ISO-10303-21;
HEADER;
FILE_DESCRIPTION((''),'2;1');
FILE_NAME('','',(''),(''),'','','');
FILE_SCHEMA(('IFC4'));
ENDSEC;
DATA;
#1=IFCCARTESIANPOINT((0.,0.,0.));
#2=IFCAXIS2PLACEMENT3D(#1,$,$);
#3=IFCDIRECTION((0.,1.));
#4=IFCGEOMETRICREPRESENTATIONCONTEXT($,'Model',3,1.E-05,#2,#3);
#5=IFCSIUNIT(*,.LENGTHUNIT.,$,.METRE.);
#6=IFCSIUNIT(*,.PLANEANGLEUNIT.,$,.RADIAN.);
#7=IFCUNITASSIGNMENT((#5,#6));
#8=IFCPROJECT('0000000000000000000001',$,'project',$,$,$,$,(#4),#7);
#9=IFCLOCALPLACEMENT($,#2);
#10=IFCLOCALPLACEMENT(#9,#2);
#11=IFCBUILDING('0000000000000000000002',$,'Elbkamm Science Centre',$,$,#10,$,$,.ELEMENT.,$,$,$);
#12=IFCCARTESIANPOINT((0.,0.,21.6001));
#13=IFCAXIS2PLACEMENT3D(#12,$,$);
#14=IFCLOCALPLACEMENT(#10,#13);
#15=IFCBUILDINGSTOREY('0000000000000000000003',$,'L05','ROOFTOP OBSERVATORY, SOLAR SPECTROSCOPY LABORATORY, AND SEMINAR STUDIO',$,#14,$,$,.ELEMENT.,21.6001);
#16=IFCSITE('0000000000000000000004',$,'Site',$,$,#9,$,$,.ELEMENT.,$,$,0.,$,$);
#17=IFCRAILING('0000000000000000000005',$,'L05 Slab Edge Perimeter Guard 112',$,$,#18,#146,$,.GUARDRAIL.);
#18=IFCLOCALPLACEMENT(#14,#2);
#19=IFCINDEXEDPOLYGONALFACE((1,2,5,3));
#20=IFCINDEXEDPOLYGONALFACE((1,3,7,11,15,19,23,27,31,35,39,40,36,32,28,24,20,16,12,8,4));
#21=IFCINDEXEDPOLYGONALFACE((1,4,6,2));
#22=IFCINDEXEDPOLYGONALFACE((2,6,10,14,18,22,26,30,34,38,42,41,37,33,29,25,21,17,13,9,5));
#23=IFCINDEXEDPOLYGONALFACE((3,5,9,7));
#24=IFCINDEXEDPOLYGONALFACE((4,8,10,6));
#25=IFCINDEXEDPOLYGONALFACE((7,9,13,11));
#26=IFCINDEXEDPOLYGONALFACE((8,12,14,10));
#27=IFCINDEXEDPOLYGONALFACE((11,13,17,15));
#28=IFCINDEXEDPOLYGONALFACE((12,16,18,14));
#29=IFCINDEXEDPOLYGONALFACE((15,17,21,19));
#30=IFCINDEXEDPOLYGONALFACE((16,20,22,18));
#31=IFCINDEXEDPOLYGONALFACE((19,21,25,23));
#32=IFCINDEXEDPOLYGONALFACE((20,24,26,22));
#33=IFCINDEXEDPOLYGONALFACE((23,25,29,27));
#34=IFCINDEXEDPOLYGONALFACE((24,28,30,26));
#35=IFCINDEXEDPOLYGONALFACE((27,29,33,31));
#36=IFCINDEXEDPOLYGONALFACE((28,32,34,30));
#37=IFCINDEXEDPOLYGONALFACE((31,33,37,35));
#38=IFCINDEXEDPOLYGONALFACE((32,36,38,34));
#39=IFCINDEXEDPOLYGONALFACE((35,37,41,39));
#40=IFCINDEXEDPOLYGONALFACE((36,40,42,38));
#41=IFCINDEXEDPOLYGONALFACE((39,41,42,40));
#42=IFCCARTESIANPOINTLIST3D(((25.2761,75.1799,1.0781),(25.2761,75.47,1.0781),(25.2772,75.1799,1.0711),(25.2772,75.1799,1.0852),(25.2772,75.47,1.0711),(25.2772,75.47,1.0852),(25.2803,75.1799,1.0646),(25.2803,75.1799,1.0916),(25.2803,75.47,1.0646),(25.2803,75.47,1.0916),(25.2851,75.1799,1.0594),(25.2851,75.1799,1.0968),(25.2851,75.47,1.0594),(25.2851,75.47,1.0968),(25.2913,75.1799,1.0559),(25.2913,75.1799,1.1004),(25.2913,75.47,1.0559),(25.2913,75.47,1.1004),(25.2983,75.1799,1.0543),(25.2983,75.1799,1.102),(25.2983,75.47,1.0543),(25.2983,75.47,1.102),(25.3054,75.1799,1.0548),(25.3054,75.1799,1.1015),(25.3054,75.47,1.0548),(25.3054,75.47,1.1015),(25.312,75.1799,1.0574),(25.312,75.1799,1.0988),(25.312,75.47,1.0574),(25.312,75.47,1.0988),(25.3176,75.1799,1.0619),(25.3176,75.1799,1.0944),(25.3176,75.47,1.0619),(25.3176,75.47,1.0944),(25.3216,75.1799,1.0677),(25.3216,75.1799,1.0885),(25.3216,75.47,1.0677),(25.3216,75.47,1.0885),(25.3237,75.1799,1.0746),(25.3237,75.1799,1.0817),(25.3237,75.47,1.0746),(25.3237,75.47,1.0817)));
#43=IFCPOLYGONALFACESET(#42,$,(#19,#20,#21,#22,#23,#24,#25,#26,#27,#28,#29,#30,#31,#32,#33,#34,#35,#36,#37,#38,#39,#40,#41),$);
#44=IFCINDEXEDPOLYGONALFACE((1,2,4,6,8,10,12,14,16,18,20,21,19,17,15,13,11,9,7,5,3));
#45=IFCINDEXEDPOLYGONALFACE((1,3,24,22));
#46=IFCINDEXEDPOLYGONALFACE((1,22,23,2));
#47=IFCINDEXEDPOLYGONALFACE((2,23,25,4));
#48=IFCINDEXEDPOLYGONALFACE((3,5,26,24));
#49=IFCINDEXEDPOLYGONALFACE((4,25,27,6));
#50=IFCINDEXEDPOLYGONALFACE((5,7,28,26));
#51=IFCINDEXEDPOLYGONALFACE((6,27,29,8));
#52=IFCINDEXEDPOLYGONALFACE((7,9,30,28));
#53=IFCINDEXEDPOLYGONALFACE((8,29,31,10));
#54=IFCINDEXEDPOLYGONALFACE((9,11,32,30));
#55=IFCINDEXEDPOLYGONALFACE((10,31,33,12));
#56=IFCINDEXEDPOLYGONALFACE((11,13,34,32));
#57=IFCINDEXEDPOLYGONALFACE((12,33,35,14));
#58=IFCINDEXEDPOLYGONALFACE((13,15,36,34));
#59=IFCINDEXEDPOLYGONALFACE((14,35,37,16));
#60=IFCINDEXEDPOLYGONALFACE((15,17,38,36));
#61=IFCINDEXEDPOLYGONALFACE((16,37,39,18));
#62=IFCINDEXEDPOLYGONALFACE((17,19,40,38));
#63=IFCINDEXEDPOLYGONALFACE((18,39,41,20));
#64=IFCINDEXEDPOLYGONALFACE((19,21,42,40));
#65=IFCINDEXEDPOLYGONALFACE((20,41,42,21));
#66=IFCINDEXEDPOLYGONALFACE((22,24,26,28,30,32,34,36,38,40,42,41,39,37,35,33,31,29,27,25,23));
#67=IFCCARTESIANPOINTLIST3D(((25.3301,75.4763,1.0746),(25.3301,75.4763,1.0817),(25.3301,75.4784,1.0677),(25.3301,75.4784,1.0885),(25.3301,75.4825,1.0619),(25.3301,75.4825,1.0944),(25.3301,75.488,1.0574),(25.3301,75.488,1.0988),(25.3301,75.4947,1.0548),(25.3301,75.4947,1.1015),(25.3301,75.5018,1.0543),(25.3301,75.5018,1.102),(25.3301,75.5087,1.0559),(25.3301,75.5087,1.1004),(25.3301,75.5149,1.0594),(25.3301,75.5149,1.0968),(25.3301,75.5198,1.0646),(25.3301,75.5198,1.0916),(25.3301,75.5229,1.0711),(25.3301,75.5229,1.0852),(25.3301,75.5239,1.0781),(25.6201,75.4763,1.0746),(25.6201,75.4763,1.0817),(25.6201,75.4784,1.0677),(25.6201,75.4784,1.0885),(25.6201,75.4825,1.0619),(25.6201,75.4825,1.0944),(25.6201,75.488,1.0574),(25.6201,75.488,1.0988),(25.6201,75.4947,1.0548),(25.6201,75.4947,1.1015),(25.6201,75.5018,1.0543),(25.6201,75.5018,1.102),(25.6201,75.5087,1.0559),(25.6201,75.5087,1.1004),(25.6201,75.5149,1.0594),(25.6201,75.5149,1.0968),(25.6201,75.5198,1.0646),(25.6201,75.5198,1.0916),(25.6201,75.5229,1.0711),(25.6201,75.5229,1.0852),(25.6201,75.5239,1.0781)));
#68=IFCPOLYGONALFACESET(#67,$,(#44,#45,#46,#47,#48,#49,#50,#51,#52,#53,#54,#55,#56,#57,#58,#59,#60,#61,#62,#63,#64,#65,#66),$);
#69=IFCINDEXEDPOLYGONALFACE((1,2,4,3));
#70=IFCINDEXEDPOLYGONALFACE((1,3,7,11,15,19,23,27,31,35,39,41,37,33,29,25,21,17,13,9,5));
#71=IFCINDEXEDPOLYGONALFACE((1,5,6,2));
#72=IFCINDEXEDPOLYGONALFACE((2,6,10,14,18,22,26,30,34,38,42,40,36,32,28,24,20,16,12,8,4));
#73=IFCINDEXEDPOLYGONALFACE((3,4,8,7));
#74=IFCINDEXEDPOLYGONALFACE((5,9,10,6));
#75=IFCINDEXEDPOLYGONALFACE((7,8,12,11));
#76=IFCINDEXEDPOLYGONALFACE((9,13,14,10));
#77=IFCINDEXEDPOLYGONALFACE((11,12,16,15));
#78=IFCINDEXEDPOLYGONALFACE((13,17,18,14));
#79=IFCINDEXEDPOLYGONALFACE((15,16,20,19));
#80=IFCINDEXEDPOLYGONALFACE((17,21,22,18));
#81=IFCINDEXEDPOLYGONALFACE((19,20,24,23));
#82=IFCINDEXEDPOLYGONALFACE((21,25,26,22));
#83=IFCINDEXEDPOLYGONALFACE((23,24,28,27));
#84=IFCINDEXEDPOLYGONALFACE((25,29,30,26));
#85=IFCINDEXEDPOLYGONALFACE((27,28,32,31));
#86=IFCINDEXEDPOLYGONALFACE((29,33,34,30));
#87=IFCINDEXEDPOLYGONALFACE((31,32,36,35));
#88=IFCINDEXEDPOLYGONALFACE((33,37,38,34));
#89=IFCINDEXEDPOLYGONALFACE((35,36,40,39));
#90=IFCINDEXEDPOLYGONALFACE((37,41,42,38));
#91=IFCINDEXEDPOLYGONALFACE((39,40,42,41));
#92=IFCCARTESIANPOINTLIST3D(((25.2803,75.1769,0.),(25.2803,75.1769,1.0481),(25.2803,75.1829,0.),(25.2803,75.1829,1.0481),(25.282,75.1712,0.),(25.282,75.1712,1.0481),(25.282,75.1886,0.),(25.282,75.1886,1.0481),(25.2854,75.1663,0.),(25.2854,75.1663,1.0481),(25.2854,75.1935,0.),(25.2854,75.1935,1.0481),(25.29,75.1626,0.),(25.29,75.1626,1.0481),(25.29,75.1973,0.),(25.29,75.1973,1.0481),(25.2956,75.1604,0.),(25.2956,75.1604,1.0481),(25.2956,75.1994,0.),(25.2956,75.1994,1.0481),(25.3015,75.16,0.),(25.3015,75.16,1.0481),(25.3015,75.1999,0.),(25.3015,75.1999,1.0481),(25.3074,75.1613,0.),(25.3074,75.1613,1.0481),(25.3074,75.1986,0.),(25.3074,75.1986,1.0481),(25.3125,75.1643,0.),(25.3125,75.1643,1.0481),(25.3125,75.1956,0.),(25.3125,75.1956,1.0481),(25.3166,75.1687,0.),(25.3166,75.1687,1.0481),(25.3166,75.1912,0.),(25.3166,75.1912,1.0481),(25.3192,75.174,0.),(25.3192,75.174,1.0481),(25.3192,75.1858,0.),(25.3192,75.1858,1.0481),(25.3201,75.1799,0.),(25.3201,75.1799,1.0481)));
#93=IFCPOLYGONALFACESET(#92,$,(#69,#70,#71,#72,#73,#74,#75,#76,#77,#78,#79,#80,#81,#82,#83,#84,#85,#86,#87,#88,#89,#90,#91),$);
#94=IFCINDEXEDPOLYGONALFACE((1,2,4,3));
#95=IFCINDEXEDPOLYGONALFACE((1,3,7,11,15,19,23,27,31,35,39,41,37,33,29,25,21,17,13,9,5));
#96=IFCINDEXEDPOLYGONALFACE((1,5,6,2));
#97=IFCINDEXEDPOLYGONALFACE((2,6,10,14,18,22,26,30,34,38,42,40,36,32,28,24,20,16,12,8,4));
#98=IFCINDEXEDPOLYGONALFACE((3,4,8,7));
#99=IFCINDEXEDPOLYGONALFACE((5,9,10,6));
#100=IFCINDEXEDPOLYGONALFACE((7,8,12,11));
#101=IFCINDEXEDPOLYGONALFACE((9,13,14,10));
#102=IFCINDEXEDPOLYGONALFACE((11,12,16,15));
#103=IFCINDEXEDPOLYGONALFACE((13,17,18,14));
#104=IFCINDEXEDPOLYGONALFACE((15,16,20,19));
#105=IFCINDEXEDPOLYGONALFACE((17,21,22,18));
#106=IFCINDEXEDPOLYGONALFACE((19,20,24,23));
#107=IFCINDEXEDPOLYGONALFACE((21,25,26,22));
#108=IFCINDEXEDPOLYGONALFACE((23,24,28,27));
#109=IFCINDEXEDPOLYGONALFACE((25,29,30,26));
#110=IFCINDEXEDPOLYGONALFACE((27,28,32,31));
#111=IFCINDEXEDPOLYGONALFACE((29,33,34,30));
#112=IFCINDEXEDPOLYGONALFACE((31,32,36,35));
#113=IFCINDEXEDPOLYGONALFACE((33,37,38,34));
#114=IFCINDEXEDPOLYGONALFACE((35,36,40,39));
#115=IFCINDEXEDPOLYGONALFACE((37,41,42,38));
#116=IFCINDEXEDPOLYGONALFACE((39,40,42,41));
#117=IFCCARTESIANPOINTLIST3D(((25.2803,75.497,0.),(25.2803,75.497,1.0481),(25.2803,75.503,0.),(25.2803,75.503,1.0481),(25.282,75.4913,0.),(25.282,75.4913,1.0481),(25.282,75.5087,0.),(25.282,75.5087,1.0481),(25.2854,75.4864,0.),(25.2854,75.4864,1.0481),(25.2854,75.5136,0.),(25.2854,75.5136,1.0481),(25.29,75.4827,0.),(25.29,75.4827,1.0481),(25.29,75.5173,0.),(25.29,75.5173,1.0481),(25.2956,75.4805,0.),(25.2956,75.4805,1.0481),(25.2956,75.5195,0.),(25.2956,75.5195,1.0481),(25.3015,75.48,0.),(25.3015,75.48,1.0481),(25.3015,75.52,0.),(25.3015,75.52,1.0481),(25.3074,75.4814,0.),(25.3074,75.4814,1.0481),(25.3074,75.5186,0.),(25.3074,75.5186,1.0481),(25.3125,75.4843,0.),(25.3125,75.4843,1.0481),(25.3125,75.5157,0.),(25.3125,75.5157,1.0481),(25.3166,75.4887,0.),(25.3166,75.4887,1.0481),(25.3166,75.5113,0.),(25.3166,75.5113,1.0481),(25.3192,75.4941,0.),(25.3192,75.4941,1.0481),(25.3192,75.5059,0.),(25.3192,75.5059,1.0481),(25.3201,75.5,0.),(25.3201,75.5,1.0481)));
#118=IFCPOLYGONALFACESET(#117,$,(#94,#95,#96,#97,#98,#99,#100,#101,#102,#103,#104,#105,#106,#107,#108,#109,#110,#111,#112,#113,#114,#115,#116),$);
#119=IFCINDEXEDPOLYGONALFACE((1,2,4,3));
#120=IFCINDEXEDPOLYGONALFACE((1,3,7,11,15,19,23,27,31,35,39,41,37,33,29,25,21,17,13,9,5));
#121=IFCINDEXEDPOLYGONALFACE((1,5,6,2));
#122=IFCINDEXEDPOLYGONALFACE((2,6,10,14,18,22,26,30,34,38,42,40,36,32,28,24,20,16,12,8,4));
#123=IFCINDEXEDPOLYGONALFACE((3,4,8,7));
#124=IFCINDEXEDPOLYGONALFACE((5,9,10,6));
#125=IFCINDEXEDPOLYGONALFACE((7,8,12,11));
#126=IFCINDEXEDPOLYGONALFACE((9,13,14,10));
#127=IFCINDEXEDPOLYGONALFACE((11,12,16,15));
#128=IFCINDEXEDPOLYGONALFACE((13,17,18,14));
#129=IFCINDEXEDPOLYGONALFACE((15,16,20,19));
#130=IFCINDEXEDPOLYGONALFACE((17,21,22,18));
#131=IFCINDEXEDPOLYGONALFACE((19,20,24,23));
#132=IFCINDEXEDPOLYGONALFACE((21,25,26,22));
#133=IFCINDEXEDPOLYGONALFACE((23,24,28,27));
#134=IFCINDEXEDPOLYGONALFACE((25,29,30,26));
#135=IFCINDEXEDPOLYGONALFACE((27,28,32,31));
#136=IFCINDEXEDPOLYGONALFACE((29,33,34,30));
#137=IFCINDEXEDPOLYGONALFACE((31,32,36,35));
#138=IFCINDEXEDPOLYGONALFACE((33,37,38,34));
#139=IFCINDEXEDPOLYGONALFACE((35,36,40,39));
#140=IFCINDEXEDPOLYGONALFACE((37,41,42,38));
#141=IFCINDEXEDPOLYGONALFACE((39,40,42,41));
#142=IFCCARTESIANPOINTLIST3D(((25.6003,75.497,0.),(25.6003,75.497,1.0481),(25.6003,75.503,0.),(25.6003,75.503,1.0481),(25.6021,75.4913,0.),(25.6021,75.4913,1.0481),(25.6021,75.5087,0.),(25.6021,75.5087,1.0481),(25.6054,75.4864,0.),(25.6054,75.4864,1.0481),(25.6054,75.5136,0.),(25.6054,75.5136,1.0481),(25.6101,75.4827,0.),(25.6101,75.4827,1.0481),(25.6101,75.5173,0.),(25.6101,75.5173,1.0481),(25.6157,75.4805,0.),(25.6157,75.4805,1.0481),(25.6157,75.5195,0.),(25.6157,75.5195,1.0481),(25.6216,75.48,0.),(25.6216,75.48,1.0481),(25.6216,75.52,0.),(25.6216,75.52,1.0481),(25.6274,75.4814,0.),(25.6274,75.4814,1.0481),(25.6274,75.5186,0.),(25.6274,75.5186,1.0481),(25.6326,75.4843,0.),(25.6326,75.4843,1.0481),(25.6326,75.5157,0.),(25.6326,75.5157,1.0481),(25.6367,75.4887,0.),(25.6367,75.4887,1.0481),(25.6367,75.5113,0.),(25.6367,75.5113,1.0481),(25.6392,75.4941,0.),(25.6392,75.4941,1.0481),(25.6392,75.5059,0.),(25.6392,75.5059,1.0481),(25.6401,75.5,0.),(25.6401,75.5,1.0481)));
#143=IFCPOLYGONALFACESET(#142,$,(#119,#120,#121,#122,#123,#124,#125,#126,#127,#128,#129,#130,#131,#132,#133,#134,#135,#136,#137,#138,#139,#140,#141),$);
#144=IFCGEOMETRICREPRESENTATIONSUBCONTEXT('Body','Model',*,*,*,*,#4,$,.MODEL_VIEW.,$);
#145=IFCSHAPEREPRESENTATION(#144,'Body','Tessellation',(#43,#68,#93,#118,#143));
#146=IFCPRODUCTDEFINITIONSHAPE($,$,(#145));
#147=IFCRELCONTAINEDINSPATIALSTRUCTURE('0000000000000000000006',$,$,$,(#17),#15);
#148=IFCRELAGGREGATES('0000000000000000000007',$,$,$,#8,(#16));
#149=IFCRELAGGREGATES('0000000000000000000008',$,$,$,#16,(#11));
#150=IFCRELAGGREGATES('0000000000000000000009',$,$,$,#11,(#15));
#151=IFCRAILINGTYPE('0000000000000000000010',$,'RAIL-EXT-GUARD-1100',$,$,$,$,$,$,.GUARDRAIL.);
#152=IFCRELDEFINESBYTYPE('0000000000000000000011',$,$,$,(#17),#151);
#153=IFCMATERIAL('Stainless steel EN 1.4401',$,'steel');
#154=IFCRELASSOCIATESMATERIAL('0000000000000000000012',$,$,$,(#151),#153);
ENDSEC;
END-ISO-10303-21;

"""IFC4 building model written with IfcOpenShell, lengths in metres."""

from ifc_helpers import new_model, si_unit, direction, frame, origin, origin_2d, place, context, subcontext, project, spatial, circle, extrude, material, type_object, element, save


model = new_model("IFC4")

# Units and contexts
model_context = context("Model", 3, precision=1e-05, world=origin(), true_north=direction((0.0, 1.0)))
body_context = subcontext(model_context, "Body", "Model", "MODEL_VIEW")
ifc_project = project(units=[si_unit("LENGTHUNIT", "METRE"), si_unit("PLANEANGLEUNIT", "RADIAN")], contexts=[model_context])

# Site, building, storey
site_placement = place(None, origin())
site = spatial("IfcSite", under=ifc_project, at=site_placement, Name="Site", CompositionType="ELEMENT", RefElevation=0.0)
building_placement = place(site_placement, origin())
building = spatial("IfcBuilding", under=site, at=building_placement, Name="Elbkamm Science Centre", CompositionType="ELEMENT")
storey_placement = place(building_placement, frame((0.0, 0.0, 21.6001)))
storey = spatial("IfcBuildingStorey", under=building, at=storey_placement, Name="L05", Description="ROOFTOP OBSERVATORY, SOLAR SPECTROSCOPY LABORATORY, AND SEMINAR STUDIO", CompositionType="ELEMENT", Elevation=21.6001)

# Railing
ifc_material_1 = material(Name="Stainless steel EN 1.4401", Category="steel")
railing_type_1 = type_object("IfcRailingType", Name="RAIL-EXT-GUARD-1100", PredefinedType="GUARDRAIL", material=ifc_material_1)
railing_1_placement = place(storey_placement, frame((25.3, 75.1799, 0.0)))
element("IfcRailing", 1, at=railing_1_placement, inside=storey, type_object=railing_type_1, Name="L05 Slab Edge Perimeter Guard 112", PredefinedType="GUARDRAIL", context=body_context, shape_type="SweptSolid", body=[
    extrude(circle(Radius=0.0239, at=origin_2d()), frame((0.0, 0.0, 1.0781), z_axis=(0.0, 1.0, 0.0), x_axis=(-1.0, 0.0, 0.0)), (0.0, 0.0, 1.0), 0.29),
    extrude(circle(Radius=0.0239, at=origin_2d()), frame((0.03, 0.3201, 1.0781), z_axis=(1.0, 0.0, 0.0), x_axis=(0.0, 1.0, 0.0)), (0.0, 0.0, 1.0), 0.29),
    extrude(circle(Radius=0.02, at=origin_2d()), origin(), (0.0, 0.0, 1.0), 1.0481),
    extrude(circle(Radius=0.02, at=origin_2d()), frame((0.0, 0.3201, 0.0)), (0.0, 0.0, 1.0), 1.0481),
    extrude(circle(Radius=0.02, at=origin_2d()), frame((0.3201, 0.3201, 0.0)), (0.0, 0.0, 1.0), 1.0481),
])

save(model, "model.ifc")
